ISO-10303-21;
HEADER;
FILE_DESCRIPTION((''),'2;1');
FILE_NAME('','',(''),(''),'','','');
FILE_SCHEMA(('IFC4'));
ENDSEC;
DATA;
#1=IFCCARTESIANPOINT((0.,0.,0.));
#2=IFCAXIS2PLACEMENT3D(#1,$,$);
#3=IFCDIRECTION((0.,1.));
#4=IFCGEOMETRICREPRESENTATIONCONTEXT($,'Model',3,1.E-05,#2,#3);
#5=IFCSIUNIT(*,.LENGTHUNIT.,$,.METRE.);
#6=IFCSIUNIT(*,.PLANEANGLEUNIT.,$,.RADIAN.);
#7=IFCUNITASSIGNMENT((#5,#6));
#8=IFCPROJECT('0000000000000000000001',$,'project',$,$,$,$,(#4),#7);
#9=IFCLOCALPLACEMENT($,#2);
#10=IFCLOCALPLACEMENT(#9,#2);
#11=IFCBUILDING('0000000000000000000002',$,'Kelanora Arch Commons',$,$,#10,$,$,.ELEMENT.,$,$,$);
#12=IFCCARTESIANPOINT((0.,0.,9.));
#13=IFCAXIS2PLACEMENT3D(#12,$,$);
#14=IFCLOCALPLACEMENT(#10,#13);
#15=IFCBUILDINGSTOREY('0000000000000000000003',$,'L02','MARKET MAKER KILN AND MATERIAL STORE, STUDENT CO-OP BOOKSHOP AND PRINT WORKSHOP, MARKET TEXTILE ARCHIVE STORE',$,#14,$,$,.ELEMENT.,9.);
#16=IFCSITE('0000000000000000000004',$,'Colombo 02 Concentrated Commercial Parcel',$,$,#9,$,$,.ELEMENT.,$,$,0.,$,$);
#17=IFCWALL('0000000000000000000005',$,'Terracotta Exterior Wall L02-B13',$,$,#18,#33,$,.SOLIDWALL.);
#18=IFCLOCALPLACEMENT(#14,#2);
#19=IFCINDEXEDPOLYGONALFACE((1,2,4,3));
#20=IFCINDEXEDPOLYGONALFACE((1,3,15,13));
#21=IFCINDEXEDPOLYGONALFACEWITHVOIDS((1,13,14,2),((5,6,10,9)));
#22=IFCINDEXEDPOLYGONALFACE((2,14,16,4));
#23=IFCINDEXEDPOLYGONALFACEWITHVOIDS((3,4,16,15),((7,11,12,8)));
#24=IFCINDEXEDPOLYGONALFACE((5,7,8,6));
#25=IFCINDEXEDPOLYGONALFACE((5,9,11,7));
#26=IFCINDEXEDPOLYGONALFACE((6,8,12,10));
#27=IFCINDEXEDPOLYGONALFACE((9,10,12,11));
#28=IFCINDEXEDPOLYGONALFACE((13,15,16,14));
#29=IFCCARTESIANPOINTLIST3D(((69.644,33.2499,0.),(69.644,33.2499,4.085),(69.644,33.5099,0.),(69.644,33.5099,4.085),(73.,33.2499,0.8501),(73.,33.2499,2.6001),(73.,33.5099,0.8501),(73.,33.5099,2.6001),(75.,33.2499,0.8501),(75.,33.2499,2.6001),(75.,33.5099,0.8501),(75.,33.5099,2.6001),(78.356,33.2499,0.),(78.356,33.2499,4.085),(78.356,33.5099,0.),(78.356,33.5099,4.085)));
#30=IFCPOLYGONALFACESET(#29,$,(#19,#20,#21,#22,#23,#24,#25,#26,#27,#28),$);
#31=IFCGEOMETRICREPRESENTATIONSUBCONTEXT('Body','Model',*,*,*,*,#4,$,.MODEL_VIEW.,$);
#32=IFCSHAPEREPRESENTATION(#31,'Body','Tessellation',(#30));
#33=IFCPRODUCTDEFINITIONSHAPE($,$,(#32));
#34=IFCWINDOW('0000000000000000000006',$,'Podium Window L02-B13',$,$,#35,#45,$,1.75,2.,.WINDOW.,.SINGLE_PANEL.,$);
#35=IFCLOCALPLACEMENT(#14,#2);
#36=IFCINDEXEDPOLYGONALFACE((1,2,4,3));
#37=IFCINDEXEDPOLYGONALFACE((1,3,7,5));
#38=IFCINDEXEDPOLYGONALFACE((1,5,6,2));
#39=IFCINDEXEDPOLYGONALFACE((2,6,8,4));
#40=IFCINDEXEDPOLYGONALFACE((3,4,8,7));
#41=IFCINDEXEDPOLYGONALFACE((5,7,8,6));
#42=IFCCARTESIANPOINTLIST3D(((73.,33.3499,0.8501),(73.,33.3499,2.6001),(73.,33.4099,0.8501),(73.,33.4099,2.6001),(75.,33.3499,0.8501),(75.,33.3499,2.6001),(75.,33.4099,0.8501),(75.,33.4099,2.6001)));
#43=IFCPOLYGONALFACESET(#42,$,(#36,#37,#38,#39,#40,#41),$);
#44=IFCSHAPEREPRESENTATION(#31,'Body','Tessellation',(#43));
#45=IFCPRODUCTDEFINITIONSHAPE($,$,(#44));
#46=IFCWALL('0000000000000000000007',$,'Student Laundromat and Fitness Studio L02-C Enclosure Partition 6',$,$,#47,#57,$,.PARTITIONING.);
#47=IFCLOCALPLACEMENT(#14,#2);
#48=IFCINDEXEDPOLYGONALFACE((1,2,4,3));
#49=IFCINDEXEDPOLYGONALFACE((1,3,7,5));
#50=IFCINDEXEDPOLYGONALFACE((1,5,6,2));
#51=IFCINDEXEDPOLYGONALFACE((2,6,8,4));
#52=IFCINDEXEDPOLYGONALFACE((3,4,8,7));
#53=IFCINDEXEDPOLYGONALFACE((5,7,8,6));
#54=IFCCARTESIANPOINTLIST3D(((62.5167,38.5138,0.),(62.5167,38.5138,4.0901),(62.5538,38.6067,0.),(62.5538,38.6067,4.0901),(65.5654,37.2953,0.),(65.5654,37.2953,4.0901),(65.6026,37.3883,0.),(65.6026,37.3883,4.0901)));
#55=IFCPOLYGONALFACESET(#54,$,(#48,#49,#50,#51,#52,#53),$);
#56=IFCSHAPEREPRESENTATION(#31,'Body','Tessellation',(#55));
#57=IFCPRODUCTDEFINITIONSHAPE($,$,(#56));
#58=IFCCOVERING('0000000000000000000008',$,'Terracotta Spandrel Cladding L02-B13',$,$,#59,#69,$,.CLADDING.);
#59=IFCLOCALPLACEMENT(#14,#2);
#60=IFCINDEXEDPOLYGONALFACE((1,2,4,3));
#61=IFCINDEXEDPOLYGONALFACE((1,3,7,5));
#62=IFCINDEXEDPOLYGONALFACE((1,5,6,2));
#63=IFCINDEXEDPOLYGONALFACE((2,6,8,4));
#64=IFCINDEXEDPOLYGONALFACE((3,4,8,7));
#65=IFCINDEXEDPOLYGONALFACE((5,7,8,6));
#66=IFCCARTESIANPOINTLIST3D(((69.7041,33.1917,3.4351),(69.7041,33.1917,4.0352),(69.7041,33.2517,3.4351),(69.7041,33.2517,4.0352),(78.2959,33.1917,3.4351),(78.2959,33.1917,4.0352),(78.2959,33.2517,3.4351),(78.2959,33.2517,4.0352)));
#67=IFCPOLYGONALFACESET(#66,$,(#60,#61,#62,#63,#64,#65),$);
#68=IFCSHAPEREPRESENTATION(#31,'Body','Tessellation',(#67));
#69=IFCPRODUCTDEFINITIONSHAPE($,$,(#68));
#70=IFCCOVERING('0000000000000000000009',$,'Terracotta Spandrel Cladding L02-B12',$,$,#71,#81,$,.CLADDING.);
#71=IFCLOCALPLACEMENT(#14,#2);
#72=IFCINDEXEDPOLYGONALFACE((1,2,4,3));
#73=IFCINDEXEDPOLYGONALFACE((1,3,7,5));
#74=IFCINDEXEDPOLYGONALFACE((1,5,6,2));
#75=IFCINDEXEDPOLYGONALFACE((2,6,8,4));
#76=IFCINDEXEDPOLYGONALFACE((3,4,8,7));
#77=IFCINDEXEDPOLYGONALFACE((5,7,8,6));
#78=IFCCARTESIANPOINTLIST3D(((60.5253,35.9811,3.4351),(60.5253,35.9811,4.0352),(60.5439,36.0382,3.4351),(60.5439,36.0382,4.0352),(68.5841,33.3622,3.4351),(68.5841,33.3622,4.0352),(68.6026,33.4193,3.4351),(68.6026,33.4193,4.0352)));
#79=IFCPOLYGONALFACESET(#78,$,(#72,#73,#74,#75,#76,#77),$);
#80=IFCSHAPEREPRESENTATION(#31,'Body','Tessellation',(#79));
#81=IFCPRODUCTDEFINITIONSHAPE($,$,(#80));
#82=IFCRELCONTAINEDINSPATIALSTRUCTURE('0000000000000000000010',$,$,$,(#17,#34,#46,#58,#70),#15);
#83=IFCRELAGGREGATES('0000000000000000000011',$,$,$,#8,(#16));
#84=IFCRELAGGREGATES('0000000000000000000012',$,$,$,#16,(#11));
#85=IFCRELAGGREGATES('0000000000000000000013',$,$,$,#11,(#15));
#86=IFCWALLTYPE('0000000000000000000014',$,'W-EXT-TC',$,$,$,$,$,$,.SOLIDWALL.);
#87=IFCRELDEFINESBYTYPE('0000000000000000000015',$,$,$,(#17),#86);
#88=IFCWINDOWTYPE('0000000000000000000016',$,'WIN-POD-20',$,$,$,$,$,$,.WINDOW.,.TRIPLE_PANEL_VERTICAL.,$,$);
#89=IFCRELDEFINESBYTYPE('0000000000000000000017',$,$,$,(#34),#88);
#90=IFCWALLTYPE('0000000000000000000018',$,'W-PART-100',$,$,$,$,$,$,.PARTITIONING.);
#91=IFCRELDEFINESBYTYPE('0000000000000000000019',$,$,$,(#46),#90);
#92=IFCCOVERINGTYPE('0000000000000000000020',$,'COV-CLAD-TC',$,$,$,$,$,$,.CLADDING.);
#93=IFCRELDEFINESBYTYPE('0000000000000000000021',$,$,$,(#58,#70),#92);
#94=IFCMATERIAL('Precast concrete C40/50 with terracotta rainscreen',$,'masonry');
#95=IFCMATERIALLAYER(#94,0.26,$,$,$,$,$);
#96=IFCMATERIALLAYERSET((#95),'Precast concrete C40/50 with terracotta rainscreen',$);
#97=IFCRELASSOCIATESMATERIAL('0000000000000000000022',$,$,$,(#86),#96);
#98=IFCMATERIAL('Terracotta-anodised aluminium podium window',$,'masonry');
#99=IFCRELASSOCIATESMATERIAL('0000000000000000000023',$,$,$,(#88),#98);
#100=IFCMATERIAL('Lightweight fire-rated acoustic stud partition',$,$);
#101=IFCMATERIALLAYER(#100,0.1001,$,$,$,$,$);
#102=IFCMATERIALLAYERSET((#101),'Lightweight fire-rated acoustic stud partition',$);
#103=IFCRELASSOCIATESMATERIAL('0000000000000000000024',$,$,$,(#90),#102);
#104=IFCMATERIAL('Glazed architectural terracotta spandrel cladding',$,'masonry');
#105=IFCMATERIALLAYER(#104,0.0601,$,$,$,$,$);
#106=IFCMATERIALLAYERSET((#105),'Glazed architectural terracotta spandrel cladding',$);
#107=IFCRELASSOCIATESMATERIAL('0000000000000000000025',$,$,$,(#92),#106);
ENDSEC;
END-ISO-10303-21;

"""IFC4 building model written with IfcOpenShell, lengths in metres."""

from ifc_helpers import new_model, si_unit, direction, frame, frame_2d, origin, origin_2d, place, context, subcontext, project, spatial, rectangle, extrude, source, transform, mapped, material, layer, layer_set, type_object, element, fill, save


model = new_model("IFC4")

# Units and contexts
model_context = context("Model", 3, precision=1e-05, world=origin(), true_north=direction((0.0, 1.0)))
body_context = subcontext(model_context, "Body", "Model", "MODEL_VIEW")
ifc_project = project(units=[si_unit("LENGTHUNIT", "METRE"), si_unit("PLANEANGLEUNIT", "RADIAN")], contexts=[model_context])

# Site, building, storey
site_placement = place(None, origin())
site = spatial("IfcSite", under=ifc_project, at=site_placement, Name="Colombo 02 Concentrated Commercial Parcel", CompositionType="ELEMENT", RefElevation=0.0)
building_placement = place(site_placement, origin())
building = spatial("IfcBuilding", under=site, at=building_placement, Name="Kelanora Arch Commons", CompositionType="ELEMENT")
storey_placement = place(building_placement, frame((0.0, 0.0, 9.0)))
storey = spatial("IfcBuildingStorey", under=building, at=storey_placement, Name="L02", Description="MARKET MAKER KILN AND MATERIAL STORE, STUDENT CO-OP BOOKSHOP AND PRINT WORKSHOP, MARKET TEXTILE ARCHIVE STORE", CompositionType="ELEMENT", Elevation=9.0)

# Wall, opening, window
ifc_material_1 = material(Name="Precast concrete C40/50 with terracotta rainscreen", Category="masonry")
ifc_layer_1 = layer(ifc_material_1, 0.26)
ifc_layer_set_1 = layer_set([ifc_layer_1], Name="Precast concrete C40/50 with terracotta rainscreen")
wall_type_1 = type_object("IfcWallType", Name="W-EXT-TC", PredefinedType="SOLIDWALL", material=ifc_layer_set_1)
wall_1_placement = place(storey_placement, frame((69.644, 33.3799, 0.0), z_axis=(0.0, 0.0, 1.0), x_axis=(1.0, 0.0, 0.0)))
wall_1 = element("IfcWall", 1, at=wall_1_placement, inside=storey, type_object=wall_type_1, Name="Terracotta Exterior Wall L02-B13", PredefinedType="SOLIDWALL", context=body_context, shape_type="SweptSolid", body=[
    extrude(rectangle(XDim=8.7119, YDim=0.26, at=frame_2d((4.356, 0.0))), origin(), (0.0, 0.0, 1.0), 4.085),
])
opening_placement = place(wall_1_placement, frame((3.356, 0.0, 0.8501)))
opening = element("IfcOpeningElement", 2, at=opening_placement, cuts=wall_1, PredefinedType="OPENING", context=body_context, shape_type="SweptSolid", body=[
    extrude(rectangle(XDim=2.0, YDim=1.75, at=frame_2d((1.0, 0.875))), frame((0.0, 0.1401, 0.0), z_axis=(0.0, -1.0, 0.0), x_axis=(1.0, 0.0, 0.0)), (0.0, 0.0, 1.0), 0.28),
])
ifc_material_2 = material(Name="Terracotta-anodised aluminium podium window", Category="masonry")
window_type = type_object("IfcWindowType", Name="WIN-POD-20", PartitioningType="TRIPLE_PANEL_VERTICAL", PredefinedType="WINDOW", material=ifc_material_2)
window_placement = place(opening_placement, origin())
window = element("IfcWindow", 3, at=window_placement, inside=storey, type_object=window_type, Name="Podium Window L02-B13", OverallHeight=1.75, OverallWidth=2.0, PartitioningType="SINGLE_PANEL", PredefinedType="WINDOW", context=body_context, shape_type="SweptSolid", body=[
    extrude(rectangle(XDim=2.0, YDim=1.75, at=frame_2d((1.0, 0.875))), frame((0.0, 0.03, 0.0), z_axis=(0.0, -1.0, 0.0), x_axis=(1.0, 0.0, 0.0)), (0.0, 0.0, 1.0), 0.0601),
])
fill(opening, window)

# Wall
ifc_material_3 = material(Name="Lightweight fire-rated acoustic stud partition")
ifc_layer_2 = layer(ifc_material_3, 0.1001)
ifc_layer_set_2 = layer_set([ifc_layer_2], Name="Lightweight fire-rated acoustic stud partition")
wall_type_2 = type_object("IfcWallType", Name="W-PART-100", PredefinedType="PARTITIONING", material=ifc_layer_set_2)
wall_2_placement = place(storey_placement, frame((65.584, 37.3418, 0.0), z_axis=(0.0, 0.0, 1.0), x_axis=(-0.928584, 0.371121, 0.0)))
element("IfcWall", 4, at=wall_2_placement, inside=storey, type_object=wall_type_2, Name="Student Laundromat and Fitness Studio L02-C Enclosure Partition 6", PredefinedType="PARTITIONING", context=body_context, shape_type="SweptSolid", body=[
    extrude(rectangle(XDim=3.2832, YDim=0.1001, at=frame_2d((1.6416, 0.0))), origin(), (0.0, 0.0, 1.0), 4.0901),
])

# Coverings
ifc_material_4 = material(Name="Glazed architectural terracotta spandrel cladding", Category="masonry")
ifc_layer_3 = layer(ifc_material_4, 0.0601)
ifc_layer_set_3 = layer_set([ifc_layer_3], Name="Glazed architectural terracotta spandrel cladding")
covering_type = type_object("IfcCoveringType", Name="COV-CLAD-TC", PredefinedType="CLADDING", material=ifc_layer_set_3)
shared_shape_1 = source(origin(), body_context, "Body", "SweptSolid", [
    extrude(rectangle(XDim=8.5918, YDim=0.0601, at=origin_2d()), origin(), (0.0, 0.0, 1.0), 0.6001),
])
covering_1_placement = place(storey_placement, frame((74.0, 33.2217, 3.4351), z_axis=(0.0, 0.0, 1.0), x_axis=(1.0, 0.0, 0.0)))
element("IfcCovering", 5, at=covering_1_placement, inside=storey, type_object=covering_type, Name="Terracotta Spandrel Cladding L02-B13", PredefinedType="CLADDING", context=body_context, shape_type="MappedRepresentation", body=[
    mapped(shared_shape_1, transform((0.0, 0.0, 0.0), scale=1.0)),
])
shared_shape_2 = source(origin(), body_context, "Body", "SweptSolid", [
    extrude(rectangle(XDim=8.4736, YDim=0.0601, at=origin_2d()), origin(), (0.0, 0.0, 1.0), 0.6001),
])
covering_2_placement = place(storey_placement, frame((64.564, 34.7002, 3.4351), z_axis=(0.0, 0.0, 1.0), x_axis=(0.951041, -0.309066, 0.0)))
element("IfcCovering", 6, at=covering_2_placement, inside=storey, type_object=covering_type, Name="Terracotta Spandrel Cladding L02-B12", PredefinedType="CLADDING", context=body_context, shape_type="MappedRepresentation", body=[
    mapped(shared_shape_2, transform((0.0, 0.0, 0.0), scale=1.0)),
])

save(model, "model.ifc")
